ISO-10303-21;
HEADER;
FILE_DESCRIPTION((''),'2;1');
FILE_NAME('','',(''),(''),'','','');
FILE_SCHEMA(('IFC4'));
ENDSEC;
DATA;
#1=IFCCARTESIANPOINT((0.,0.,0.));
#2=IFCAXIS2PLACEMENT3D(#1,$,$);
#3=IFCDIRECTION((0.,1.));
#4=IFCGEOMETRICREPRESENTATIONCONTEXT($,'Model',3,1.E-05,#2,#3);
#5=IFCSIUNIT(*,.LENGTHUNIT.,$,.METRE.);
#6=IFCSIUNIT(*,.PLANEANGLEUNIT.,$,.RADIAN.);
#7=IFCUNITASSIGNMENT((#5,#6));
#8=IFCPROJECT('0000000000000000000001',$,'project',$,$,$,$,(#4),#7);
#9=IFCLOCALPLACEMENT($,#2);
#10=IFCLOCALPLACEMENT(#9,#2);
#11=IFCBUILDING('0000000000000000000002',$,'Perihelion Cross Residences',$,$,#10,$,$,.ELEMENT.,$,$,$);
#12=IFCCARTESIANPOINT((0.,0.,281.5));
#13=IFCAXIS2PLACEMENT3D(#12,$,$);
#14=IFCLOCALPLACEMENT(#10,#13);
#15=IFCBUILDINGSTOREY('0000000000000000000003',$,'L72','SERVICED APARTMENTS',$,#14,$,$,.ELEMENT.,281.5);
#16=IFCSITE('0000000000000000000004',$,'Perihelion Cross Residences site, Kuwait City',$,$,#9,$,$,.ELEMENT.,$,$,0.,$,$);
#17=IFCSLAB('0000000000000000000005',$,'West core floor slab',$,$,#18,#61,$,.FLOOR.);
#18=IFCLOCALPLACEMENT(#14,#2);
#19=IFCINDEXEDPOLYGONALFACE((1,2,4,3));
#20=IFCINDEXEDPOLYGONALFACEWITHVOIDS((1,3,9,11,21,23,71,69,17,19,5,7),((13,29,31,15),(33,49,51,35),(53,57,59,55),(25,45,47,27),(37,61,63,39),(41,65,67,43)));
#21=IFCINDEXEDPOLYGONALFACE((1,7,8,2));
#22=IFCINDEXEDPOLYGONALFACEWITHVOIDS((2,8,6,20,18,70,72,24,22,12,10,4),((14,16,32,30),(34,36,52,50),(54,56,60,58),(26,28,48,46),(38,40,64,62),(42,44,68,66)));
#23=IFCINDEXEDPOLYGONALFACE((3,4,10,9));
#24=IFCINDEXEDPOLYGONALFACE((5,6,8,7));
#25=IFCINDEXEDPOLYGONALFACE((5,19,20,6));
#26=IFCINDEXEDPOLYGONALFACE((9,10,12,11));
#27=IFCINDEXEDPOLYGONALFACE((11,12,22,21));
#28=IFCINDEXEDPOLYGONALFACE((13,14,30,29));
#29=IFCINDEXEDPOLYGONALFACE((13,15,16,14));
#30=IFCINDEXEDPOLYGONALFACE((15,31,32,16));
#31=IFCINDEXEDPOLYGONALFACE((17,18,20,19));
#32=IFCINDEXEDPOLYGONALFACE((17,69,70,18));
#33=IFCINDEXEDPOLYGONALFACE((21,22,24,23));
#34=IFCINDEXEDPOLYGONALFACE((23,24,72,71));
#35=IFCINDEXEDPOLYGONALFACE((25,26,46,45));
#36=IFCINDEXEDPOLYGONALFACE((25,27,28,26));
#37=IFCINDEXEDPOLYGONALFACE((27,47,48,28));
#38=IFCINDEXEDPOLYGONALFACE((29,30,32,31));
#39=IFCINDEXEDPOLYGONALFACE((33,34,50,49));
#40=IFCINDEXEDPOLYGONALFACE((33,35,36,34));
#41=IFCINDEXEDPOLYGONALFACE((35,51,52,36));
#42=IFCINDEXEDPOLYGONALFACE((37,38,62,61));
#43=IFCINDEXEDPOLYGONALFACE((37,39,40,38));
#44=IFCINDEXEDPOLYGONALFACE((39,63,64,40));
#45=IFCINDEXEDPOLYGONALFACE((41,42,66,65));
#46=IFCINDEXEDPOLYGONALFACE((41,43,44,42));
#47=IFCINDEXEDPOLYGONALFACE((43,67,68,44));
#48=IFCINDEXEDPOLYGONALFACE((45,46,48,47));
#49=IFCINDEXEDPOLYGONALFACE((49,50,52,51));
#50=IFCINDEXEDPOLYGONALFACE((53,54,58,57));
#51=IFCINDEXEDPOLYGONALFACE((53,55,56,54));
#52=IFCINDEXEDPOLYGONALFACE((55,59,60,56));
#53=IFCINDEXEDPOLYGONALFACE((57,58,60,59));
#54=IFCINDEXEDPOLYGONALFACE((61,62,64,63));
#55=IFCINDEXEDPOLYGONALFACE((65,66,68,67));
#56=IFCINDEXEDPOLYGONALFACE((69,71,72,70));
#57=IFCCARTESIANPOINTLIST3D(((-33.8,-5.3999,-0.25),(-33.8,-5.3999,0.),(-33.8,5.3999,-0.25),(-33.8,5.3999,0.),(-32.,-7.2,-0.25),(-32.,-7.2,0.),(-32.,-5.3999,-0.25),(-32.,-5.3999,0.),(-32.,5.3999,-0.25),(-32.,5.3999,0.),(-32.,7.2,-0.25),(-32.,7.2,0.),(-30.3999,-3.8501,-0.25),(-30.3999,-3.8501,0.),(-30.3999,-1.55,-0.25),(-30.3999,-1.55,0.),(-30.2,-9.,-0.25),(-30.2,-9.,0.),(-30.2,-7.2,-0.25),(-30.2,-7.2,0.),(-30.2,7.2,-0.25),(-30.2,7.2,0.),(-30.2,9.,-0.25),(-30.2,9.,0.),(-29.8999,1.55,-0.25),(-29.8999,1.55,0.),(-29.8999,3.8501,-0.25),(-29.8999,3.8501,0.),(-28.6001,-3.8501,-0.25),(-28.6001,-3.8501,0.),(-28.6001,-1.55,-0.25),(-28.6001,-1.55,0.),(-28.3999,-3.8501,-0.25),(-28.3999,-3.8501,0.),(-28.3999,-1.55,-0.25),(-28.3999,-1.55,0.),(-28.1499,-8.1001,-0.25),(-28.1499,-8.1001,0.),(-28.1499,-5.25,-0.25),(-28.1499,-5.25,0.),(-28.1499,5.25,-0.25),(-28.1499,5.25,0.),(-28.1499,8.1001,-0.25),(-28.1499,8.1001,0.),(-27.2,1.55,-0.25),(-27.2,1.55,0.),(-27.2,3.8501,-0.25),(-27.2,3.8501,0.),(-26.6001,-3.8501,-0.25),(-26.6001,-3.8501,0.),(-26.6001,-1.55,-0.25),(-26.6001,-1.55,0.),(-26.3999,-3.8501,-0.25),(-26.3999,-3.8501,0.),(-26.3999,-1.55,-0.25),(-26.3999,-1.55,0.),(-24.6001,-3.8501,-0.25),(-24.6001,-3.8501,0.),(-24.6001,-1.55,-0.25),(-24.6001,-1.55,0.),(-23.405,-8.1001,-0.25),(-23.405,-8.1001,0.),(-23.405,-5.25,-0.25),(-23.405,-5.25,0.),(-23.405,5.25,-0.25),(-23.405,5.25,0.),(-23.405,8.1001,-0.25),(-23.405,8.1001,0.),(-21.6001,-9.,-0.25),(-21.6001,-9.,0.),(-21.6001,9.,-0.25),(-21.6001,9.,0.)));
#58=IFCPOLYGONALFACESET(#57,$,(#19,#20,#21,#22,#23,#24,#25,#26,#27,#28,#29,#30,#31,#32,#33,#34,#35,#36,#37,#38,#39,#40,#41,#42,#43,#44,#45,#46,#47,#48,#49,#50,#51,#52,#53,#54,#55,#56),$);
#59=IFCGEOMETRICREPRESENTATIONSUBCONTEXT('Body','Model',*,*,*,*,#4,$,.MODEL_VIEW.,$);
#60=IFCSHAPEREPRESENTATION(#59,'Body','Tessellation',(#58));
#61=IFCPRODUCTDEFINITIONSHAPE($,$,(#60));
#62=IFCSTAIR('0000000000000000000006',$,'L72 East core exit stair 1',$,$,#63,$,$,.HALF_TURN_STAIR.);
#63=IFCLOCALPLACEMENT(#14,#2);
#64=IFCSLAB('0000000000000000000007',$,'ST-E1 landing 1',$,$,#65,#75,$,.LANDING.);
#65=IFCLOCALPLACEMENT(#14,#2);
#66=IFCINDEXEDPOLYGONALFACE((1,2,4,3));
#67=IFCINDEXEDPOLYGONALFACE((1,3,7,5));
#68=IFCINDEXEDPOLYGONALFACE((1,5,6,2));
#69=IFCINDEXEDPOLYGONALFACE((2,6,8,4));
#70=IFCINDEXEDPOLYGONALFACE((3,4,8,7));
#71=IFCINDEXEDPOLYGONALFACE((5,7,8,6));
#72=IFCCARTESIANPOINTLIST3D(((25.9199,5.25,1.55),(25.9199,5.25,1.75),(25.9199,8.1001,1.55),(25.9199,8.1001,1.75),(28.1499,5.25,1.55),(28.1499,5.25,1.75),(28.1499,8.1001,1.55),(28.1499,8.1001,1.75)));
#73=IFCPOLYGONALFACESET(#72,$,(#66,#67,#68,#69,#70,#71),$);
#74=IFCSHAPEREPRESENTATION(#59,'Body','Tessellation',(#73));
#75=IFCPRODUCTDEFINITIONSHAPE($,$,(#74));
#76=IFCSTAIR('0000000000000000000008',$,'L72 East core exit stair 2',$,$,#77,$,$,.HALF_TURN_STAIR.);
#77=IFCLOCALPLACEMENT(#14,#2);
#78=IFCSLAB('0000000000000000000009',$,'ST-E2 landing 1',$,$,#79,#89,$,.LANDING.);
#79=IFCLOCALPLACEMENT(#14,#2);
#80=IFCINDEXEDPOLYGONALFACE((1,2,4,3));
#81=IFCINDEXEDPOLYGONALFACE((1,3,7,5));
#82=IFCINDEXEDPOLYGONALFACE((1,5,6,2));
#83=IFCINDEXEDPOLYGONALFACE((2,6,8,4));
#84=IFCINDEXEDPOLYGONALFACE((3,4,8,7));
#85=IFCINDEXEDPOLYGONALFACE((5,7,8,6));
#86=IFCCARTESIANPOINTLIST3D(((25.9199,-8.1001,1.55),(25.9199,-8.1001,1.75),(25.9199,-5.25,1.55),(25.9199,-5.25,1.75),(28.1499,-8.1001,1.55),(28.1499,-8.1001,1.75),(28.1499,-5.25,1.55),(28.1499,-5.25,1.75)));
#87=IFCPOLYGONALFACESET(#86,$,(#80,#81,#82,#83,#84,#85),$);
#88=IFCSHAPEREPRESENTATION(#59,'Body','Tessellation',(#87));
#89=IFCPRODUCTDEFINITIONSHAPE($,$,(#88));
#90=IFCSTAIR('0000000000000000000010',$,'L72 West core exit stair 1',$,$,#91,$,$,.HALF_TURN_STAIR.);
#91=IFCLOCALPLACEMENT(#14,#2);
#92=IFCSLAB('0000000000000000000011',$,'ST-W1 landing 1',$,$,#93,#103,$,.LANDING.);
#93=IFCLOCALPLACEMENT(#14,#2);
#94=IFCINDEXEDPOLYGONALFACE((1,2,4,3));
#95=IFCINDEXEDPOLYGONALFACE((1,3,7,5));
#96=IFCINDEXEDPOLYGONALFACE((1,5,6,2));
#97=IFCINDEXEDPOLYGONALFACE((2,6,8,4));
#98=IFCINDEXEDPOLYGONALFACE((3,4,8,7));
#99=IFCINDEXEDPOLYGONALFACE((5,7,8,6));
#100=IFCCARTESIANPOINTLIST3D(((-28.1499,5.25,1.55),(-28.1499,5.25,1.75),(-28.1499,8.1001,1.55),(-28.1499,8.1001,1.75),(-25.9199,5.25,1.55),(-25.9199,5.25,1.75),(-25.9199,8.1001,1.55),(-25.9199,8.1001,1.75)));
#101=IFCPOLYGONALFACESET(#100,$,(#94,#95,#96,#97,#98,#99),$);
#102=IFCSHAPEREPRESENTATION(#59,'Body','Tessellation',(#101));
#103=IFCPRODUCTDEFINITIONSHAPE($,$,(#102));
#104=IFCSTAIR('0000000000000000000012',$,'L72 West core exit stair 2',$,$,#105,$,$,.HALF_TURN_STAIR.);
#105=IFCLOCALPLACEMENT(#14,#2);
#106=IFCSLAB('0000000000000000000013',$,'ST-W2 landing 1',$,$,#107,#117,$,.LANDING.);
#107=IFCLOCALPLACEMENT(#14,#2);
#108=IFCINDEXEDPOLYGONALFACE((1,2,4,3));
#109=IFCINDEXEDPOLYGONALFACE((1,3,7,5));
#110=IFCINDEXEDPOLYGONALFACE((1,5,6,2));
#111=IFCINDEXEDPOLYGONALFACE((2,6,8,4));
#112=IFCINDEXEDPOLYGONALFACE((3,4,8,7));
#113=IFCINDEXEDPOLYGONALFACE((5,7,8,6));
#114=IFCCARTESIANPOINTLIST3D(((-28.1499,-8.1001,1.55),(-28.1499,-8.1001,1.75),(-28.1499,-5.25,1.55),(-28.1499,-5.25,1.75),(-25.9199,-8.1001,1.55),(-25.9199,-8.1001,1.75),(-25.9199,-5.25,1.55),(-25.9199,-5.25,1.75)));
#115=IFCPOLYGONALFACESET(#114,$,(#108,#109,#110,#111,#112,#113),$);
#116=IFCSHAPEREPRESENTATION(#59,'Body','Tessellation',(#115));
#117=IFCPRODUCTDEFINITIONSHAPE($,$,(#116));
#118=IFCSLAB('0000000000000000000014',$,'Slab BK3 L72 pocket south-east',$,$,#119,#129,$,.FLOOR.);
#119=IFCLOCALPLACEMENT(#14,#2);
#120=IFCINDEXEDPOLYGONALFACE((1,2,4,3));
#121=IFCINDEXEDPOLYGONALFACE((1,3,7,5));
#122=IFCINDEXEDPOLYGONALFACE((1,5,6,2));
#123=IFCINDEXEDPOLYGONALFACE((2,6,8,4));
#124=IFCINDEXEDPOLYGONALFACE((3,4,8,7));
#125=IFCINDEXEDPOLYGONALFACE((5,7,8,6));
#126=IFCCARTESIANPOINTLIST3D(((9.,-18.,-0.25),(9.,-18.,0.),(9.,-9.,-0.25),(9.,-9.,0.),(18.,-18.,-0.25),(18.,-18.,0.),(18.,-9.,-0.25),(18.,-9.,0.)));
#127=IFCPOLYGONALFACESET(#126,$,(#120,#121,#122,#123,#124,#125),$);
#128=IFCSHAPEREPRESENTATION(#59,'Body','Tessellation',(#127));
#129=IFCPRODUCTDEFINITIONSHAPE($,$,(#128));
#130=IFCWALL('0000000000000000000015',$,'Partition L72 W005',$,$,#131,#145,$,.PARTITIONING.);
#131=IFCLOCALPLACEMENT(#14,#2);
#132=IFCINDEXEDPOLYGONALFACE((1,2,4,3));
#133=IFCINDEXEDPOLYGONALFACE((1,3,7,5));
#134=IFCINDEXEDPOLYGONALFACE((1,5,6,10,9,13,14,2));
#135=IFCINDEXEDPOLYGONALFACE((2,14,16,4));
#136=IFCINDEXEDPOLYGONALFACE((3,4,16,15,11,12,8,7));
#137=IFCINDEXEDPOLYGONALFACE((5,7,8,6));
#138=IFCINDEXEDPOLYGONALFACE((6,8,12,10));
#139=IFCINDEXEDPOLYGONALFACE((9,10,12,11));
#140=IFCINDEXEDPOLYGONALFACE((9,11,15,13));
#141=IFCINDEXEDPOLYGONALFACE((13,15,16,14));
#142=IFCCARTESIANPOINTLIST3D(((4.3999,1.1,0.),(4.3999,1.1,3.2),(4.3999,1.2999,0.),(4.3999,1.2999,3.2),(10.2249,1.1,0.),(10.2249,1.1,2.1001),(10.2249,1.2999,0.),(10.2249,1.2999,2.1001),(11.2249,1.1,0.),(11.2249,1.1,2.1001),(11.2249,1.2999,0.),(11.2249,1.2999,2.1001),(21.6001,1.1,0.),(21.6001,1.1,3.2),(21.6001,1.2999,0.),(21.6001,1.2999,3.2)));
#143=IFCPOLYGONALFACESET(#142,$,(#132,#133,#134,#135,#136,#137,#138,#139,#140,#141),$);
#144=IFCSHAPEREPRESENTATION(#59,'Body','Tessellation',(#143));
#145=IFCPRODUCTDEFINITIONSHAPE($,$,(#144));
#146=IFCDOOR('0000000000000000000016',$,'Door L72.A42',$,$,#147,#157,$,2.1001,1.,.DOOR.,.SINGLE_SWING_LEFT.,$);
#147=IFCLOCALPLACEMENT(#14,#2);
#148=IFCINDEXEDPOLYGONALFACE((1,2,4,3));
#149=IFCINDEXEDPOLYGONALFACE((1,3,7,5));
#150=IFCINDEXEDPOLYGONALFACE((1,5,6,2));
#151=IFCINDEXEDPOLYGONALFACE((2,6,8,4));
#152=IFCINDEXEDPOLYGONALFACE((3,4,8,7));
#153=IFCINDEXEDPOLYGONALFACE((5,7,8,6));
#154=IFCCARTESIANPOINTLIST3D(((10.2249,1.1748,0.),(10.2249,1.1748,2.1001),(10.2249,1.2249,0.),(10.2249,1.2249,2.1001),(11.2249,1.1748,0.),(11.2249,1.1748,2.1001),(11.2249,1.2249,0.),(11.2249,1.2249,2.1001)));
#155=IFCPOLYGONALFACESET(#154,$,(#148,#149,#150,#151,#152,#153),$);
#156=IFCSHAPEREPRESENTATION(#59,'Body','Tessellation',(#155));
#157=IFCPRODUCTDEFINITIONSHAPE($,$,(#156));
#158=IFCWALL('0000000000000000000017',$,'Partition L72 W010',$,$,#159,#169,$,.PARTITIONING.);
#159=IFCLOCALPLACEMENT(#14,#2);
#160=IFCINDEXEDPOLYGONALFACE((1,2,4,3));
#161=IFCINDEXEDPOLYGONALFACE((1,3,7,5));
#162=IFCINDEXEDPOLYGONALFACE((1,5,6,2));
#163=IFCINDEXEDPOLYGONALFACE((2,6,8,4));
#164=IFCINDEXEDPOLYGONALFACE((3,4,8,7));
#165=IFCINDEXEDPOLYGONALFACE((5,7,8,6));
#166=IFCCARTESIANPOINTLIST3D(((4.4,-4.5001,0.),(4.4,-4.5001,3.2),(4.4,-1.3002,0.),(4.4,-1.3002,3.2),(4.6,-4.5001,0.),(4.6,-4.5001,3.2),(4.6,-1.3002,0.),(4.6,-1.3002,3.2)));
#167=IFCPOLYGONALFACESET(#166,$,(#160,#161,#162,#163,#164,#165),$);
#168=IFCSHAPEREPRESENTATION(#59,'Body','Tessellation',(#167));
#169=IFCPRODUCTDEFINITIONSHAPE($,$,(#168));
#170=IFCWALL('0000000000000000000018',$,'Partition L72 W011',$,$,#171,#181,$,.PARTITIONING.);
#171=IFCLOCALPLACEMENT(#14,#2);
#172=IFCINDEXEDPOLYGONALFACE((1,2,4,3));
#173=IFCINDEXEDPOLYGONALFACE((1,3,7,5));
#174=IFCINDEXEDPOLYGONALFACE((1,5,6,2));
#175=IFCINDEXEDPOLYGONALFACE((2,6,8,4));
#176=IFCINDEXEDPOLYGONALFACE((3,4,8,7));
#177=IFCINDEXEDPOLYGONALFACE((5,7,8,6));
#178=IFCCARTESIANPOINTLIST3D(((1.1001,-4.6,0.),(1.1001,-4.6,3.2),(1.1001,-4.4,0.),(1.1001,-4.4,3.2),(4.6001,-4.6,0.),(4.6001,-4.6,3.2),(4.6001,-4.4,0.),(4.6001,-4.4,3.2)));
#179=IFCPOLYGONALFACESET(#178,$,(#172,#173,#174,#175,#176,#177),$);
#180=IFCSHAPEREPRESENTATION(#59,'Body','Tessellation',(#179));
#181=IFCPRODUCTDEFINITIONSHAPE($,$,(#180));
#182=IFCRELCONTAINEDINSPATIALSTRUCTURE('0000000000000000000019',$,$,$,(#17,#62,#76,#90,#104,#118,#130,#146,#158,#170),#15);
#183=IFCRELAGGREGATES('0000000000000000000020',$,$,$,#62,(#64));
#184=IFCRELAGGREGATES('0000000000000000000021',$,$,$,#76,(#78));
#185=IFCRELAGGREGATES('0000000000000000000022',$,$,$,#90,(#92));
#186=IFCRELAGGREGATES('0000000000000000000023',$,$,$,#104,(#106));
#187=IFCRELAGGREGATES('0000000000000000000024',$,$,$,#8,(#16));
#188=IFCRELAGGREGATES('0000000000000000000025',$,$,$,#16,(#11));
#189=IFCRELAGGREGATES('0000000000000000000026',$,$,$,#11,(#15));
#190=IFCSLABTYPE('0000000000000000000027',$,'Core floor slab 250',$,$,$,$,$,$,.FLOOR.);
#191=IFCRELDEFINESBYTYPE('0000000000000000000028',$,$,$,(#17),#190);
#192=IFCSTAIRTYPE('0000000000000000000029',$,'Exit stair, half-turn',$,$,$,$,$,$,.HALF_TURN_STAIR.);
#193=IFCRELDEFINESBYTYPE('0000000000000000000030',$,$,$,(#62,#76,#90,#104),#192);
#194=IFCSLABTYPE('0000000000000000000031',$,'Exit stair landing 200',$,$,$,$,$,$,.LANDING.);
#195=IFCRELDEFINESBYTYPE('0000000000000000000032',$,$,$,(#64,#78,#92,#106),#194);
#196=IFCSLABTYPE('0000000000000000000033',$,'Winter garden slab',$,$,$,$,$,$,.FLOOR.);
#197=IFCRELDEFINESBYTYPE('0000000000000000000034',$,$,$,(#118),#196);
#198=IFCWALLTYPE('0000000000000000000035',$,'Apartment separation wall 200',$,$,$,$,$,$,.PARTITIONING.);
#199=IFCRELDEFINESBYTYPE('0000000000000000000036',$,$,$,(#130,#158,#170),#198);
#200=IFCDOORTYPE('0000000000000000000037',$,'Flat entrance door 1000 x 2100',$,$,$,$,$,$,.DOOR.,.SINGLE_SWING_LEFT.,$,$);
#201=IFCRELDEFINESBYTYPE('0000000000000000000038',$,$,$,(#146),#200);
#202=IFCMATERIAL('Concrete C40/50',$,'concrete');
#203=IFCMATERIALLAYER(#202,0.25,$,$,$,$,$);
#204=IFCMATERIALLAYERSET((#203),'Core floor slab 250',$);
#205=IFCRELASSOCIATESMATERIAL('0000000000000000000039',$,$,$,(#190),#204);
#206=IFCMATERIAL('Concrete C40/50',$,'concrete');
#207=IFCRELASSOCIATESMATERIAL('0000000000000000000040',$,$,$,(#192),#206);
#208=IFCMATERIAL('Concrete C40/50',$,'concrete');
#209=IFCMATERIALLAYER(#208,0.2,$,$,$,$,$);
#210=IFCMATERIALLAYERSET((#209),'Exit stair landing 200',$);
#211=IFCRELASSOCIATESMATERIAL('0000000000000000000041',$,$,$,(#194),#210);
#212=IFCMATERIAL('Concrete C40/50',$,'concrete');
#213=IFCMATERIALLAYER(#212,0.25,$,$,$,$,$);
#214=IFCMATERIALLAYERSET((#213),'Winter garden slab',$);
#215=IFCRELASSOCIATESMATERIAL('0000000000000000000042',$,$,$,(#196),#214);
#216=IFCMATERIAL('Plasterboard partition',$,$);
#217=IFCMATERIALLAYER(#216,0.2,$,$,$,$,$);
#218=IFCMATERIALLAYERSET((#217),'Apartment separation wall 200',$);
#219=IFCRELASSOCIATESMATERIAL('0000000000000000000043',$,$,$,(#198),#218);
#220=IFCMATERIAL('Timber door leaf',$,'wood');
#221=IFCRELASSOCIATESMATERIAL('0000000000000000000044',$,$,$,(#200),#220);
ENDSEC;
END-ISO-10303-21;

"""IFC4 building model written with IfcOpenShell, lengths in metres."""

from ifc_helpers import new_model, si_unit, direction, frame, frame_2d, origin, place, context, subcontext, project, spatial, polyline, rectangle, outline, extrude, material, layer, layer_set, type_object, element, fill, aggregate, save


model = new_model("IFC4")

# Units and contexts
model_context = context("Model", 3, precision=1e-05, world=origin(), true_north=direction((0.0, 1.0)))
body_context = subcontext(model_context, "Body", "Model", "MODEL_VIEW")
ifc_project = project(units=[si_unit("LENGTHUNIT", "METRE"), si_unit("PLANEANGLEUNIT", "RADIAN")], contexts=[model_context])

# Site, building, storey
site_placement = place(None, origin())
site = spatial("IfcSite", under=ifc_project, at=site_placement, Name="Perihelion Cross Residences site, Kuwait City", CompositionType="ELEMENT", RefElevation=0.0)
building_placement = place(site_placement, origin())
building = spatial("IfcBuilding", under=site, at=building_placement, Name="Perihelion Cross Residences", CompositionType="ELEMENT")
storey_placement = place(building_placement, frame((0.0, 0.0, 281.5)))
storey = spatial("IfcBuildingStorey", under=building, at=storey_placement, Name="L72", Description="SERVICED APARTMENTS", CompositionType="ELEMENT", Elevation=281.5)

# Slab
ifc_material_1 = material(Name="Concrete C40/50", Category="concrete")
ifc_layer_1 = layer(ifc_material_1, 0.25)
ifc_layer_set_1 = layer_set([ifc_layer_1], Name="Core floor slab 250")
slab_type_1 = type_object("IfcSlabType", Name="Core floor slab 250", PredefinedType="FLOOR", material=ifc_layer_set_1)
slab_1_placement = place(storey_placement, frame((0.0, 0.0, -0.25)))
element("IfcSlab", 1, at=slab_1_placement, inside=storey, type_object=slab_type_1, Name="West core floor slab", PredefinedType="FLOOR", context=body_context, shape_type="SweptSolid", body=[
    extrude(outline(polyline([(-30.2, 7.2), (-32.0, 7.2), (-32.0, 5.3999), (-33.8, 5.3999), (-33.8, -5.3999), (-32.0, -5.3999), (-32.0, -7.2), (-30.2, -7.2), (-30.2, -9.0), (-21.6001, -9.0), (-21.6001, 9.0), (-30.2, 9.0), (-30.2, 7.2)]), holes=[polyline([(-28.1499, -8.1001), (-28.1499, -5.25), (-23.405, -5.25), (-23.405, -8.1001), (-28.1499, -8.1001)]), polyline([(-24.6001, -1.55), (-24.6001, -3.8501), (-26.3999, -3.8501), (-26.3999, -1.55), (-24.6001, -1.55)]), polyline([(-26.6001, -1.55), (-26.6001, -3.8501), (-28.3999, -3.8501), (-28.3999, -1.55), (-26.6001, -1.55)]), polyline([(-28.6001, -3.8501), (-30.3999, -3.8501), (-30.3999, -1.55), (-28.6001, -1.55), (-28.6001, -3.8501)]), polyline([(-27.2, 3.8501), (-27.2, 1.55), (-29.8999, 1.55), (-29.8999, 3.8501), (-27.2, 3.8501)]), polyline([(-23.405, 5.25), (-28.1499, 5.25), (-28.1499, 8.1001), (-23.405, 8.1001), (-23.405, 5.25)])]), origin(), (0.0, 0.0, 1.0), 0.25),
])

# Stairs, slabs
ifc_material_2 = material(Name="Concrete C40/50", Category="concrete")
stair_type = type_object("IfcStairType", Name="Exit stair, half-turn", PredefinedType="HALF_TURN_STAIR", material=ifc_material_2)
stair_1_placement = place(storey_placement, origin())
stair_1 = element("IfcStair", 2, at=stair_1_placement, inside=storey, type_object=stair_type, Name="L72 East core exit stair 1", PredefinedType="HALF_TURN_STAIR")
ifc_material_3 = material(Name="Concrete C40/50", Category="concrete")
ifc_layer_2 = layer(ifc_material_3, 0.2)
ifc_layer_set_2 = layer_set([ifc_layer_2], Name="Exit stair landing 200")
slab_type_2 = type_object("IfcSlabType", Name="Exit stair landing 200", PredefinedType="LANDING", material=ifc_layer_set_2)
slab_2_placement = place(storey_placement, frame((0.0, 0.0, 1.55)))
slab_2 = element("IfcSlab", 3, at=slab_2_placement, type_object=slab_type_2, Name="ST-E1 landing 1", PredefinedType="LANDING", context=body_context, shape_type="SweptSolid", body=[
    extrude(outline(polyline([(25.9199, 5.25), (28.1499, 5.25), (28.1499, 8.1001), (25.9199, 8.1001), (25.9199, 5.25)])), origin(), (0.0, 0.0, 1.0), 0.2),
])
aggregate(stair_1, [slab_2])
stair_2_placement = place(storey_placement, origin())
stair_2 = element("IfcStair", 4, at=stair_2_placement, inside=storey, type_object=stair_type, Name="L72 East core exit stair 2", PredefinedType="HALF_TURN_STAIR")
slab_3_placement = place(storey_placement, frame((0.0, 0.0, 1.55)))
slab_3 = element("IfcSlab", 5, at=slab_3_placement, type_object=slab_type_2, Name="ST-E2 landing 1", PredefinedType="LANDING", context=body_context, shape_type="SweptSolid", body=[
    extrude(outline(polyline([(25.9199, -8.1001), (28.1499, -8.1001), (28.1499, -5.25), (25.9199, -5.25), (25.9199, -8.1001)])), origin(), (0.0, 0.0, 1.0), 0.2),
])
aggregate(stair_2, [slab_3])
stair_3_placement = place(storey_placement, origin())
stair_3 = element("IfcStair", 6, at=stair_3_placement, inside=storey, type_object=stair_type, Name="L72 West core exit stair 1", PredefinedType="HALF_TURN_STAIR")
slab_4_placement = place(storey_placement, frame((0.0, 0.0, 1.55)))
slab_4 = element("IfcSlab", 7, at=slab_4_placement, type_object=slab_type_2, Name="ST-W1 landing 1", PredefinedType="LANDING", context=body_context, shape_type="SweptSolid", body=[
    extrude(outline(polyline([(-25.9199, 8.1001), (-28.1499, 8.1001), (-28.1499, 5.25), (-25.9199, 5.25), (-25.9199, 8.1001)])), origin(), (0.0, 0.0, 1.0), 0.2),
])
aggregate(stair_3, [slab_4])
stair_4_placement = place(storey_placement, origin())
stair_4 = element("IfcStair", 8, at=stair_4_placement, inside=storey, type_object=stair_type, Name="L72 West core exit stair 2", PredefinedType="HALF_TURN_STAIR")
slab_5_placement = place(storey_placement, frame((0.0, 0.0, 1.55)))
slab_5 = element("IfcSlab", 9, at=slab_5_placement, type_object=slab_type_2, Name="ST-W2 landing 1", PredefinedType="LANDING", context=body_context, shape_type="SweptSolid", body=[
    extrude(outline(polyline([(-25.9199, -5.25), (-28.1499, -5.25), (-28.1499, -8.1001), (-25.9199, -8.1001), (-25.9199, -5.25)])), origin(), (0.0, 0.0, 1.0), 0.2),
])
aggregate(stair_4, [slab_5])

# Slab
ifc_material_4 = material(Name="Concrete C40/50", Category="concrete")
ifc_layer_3 = layer(ifc_material_4, 0.25)
ifc_layer_set_3 = layer_set([ifc_layer_3], Name="Winter garden slab")
slab_type_3 = type_object("IfcSlabType", Name="Winter garden slab", PredefinedType="FLOOR", material=ifc_layer_set_3)
slab_6_placement = place(storey_placement, frame((0.0, 0.0, -0.25)))
element("IfcSlab", 10, at=slab_6_placement, inside=storey, type_object=slab_type_3, Name="Slab BK3 L72 pocket south-east", PredefinedType="FLOOR", context=body_context, shape_type="SweptSolid", body=[
    extrude(outline(polyline([(18.0, -18.0), (18.0, -9.0), (9.0, -9.0), (9.0, -18.0), (18.0, -18.0)])), origin(), (0.0, 0.0, 1.0), 0.25),
])

# Wall, opening, door
ifc_material_5 = material(Name="Plasterboard partition")
ifc_layer_4 = layer(ifc_material_5, 0.2)
ifc_layer_set_4 = layer_set([ifc_layer_4], Name="Apartment separation wall 200")
wall_type_1 = type_object("IfcWallType", Name="Apartment separation wall 200", PredefinedType="PARTITIONING", material=ifc_layer_set_4)
wall_1_placement = place(storey_placement, frame((4.3999, 1.2, 0.0), z_axis=(0.0, 0.0, 1.0), x_axis=(1.0, 0.0, 0.0)))
wall_1 = element("IfcWall", 11, at=wall_1_placement, inside=storey, type_object=wall_type_1, Name="Partition L72 W005", PredefinedType="PARTITIONING", context=body_context, shape_type="SweptSolid", body=[
    extrude(rectangle(XDim=17.2002, YDim=0.2, at=frame_2d((8.6001, 0.0))), origin(), (0.0, 0.0, 1.0), 3.2),
])
opening_1_placement = place(wall_1_placement, frame((5.825, 0.0, 0.0)))
opening_1 = element("IfcOpeningElement", 12, at=opening_1_placement, cuts=wall_1, PredefinedType="OPENING", context=body_context, shape_type="SweptSolid", body=[
    extrude(rectangle(XDim=1.0, YDim=2.1001, at=frame_2d((0.5, 1.05))), frame((0.0, 0.1099, 0.0), z_axis=(0.0, -1.0, 0.0), x_axis=(1.0, 0.0, 0.0)), (0.0, 0.0, 1.0), 0.22),
])
ifc_material_6 = material(Name="Timber door leaf", Category="wood")
door_type_1 = type_object("IfcDoorType", Name="Flat entrance door 1000 x 2100", OperationType="SINGLE_SWING_LEFT", PredefinedType="DOOR", material=ifc_material_6)
door_1_placement = place(opening_1_placement, origin())
door_1 = element("IfcDoor", 13, at=door_1_placement, inside=storey, type_object=door_type_1, Name="Door L72.A42", OperationType="SINGLE_SWING_LEFT", OverallHeight=2.1001, OverallWidth=1.0, PredefinedType="DOOR", context=body_context, shape_type="SweptSolid", body=[
    extrude(rectangle(XDim=1.0, YDim=2.1001, at=frame_2d((0.5, 1.05))), frame((0.0, 0.0249, 0.0), z_axis=(0.0, -1.0, 0.0), x_axis=(1.0, 0.0, 0.0)), (0.0, 0.0, 1.0), 0.05),
])
fill(opening_1, door_1)

# Walls
wall_2_placement = place(storey_placement, frame((4.5, -1.3, 0.0), z_axis=(0.0, 0.0, 1.0), x_axis=(0.0, -1.0, 0.0)))
element("IfcWall", 14, at=wall_2_placement, inside=storey, type_object=wall_type_1, Name="Partition L72 W010", PredefinedType="PARTITIONING", context=body_context, shape_type="SweptSolid", body=[
    extrude(rectangle(XDim=3.2, YDim=0.2, at=frame_2d((1.6001, 0.0))), origin(), (0.0, 0.0, 1.0), 3.2),
])
wall_3_placement = place(storey_placement, frame((4.6001, -4.5, 0.0), z_axis=(0.0, 0.0, 1.0), x_axis=(-1.0, 0.0, 0.0)))
element("IfcWall", 15, at=wall_3_placement, inside=storey, type_object=wall_type_1, Name="Partition L72 W011", PredefinedType="PARTITIONING", context=body_context, shape_type="SweptSolid", body=[
    extrude(rectangle(XDim=3.5, YDim=0.2, at=frame_2d((1.75, 0.0))), origin(), (0.0, 0.0, 1.0), 3.2),
])

save(model, "model.ifc")
